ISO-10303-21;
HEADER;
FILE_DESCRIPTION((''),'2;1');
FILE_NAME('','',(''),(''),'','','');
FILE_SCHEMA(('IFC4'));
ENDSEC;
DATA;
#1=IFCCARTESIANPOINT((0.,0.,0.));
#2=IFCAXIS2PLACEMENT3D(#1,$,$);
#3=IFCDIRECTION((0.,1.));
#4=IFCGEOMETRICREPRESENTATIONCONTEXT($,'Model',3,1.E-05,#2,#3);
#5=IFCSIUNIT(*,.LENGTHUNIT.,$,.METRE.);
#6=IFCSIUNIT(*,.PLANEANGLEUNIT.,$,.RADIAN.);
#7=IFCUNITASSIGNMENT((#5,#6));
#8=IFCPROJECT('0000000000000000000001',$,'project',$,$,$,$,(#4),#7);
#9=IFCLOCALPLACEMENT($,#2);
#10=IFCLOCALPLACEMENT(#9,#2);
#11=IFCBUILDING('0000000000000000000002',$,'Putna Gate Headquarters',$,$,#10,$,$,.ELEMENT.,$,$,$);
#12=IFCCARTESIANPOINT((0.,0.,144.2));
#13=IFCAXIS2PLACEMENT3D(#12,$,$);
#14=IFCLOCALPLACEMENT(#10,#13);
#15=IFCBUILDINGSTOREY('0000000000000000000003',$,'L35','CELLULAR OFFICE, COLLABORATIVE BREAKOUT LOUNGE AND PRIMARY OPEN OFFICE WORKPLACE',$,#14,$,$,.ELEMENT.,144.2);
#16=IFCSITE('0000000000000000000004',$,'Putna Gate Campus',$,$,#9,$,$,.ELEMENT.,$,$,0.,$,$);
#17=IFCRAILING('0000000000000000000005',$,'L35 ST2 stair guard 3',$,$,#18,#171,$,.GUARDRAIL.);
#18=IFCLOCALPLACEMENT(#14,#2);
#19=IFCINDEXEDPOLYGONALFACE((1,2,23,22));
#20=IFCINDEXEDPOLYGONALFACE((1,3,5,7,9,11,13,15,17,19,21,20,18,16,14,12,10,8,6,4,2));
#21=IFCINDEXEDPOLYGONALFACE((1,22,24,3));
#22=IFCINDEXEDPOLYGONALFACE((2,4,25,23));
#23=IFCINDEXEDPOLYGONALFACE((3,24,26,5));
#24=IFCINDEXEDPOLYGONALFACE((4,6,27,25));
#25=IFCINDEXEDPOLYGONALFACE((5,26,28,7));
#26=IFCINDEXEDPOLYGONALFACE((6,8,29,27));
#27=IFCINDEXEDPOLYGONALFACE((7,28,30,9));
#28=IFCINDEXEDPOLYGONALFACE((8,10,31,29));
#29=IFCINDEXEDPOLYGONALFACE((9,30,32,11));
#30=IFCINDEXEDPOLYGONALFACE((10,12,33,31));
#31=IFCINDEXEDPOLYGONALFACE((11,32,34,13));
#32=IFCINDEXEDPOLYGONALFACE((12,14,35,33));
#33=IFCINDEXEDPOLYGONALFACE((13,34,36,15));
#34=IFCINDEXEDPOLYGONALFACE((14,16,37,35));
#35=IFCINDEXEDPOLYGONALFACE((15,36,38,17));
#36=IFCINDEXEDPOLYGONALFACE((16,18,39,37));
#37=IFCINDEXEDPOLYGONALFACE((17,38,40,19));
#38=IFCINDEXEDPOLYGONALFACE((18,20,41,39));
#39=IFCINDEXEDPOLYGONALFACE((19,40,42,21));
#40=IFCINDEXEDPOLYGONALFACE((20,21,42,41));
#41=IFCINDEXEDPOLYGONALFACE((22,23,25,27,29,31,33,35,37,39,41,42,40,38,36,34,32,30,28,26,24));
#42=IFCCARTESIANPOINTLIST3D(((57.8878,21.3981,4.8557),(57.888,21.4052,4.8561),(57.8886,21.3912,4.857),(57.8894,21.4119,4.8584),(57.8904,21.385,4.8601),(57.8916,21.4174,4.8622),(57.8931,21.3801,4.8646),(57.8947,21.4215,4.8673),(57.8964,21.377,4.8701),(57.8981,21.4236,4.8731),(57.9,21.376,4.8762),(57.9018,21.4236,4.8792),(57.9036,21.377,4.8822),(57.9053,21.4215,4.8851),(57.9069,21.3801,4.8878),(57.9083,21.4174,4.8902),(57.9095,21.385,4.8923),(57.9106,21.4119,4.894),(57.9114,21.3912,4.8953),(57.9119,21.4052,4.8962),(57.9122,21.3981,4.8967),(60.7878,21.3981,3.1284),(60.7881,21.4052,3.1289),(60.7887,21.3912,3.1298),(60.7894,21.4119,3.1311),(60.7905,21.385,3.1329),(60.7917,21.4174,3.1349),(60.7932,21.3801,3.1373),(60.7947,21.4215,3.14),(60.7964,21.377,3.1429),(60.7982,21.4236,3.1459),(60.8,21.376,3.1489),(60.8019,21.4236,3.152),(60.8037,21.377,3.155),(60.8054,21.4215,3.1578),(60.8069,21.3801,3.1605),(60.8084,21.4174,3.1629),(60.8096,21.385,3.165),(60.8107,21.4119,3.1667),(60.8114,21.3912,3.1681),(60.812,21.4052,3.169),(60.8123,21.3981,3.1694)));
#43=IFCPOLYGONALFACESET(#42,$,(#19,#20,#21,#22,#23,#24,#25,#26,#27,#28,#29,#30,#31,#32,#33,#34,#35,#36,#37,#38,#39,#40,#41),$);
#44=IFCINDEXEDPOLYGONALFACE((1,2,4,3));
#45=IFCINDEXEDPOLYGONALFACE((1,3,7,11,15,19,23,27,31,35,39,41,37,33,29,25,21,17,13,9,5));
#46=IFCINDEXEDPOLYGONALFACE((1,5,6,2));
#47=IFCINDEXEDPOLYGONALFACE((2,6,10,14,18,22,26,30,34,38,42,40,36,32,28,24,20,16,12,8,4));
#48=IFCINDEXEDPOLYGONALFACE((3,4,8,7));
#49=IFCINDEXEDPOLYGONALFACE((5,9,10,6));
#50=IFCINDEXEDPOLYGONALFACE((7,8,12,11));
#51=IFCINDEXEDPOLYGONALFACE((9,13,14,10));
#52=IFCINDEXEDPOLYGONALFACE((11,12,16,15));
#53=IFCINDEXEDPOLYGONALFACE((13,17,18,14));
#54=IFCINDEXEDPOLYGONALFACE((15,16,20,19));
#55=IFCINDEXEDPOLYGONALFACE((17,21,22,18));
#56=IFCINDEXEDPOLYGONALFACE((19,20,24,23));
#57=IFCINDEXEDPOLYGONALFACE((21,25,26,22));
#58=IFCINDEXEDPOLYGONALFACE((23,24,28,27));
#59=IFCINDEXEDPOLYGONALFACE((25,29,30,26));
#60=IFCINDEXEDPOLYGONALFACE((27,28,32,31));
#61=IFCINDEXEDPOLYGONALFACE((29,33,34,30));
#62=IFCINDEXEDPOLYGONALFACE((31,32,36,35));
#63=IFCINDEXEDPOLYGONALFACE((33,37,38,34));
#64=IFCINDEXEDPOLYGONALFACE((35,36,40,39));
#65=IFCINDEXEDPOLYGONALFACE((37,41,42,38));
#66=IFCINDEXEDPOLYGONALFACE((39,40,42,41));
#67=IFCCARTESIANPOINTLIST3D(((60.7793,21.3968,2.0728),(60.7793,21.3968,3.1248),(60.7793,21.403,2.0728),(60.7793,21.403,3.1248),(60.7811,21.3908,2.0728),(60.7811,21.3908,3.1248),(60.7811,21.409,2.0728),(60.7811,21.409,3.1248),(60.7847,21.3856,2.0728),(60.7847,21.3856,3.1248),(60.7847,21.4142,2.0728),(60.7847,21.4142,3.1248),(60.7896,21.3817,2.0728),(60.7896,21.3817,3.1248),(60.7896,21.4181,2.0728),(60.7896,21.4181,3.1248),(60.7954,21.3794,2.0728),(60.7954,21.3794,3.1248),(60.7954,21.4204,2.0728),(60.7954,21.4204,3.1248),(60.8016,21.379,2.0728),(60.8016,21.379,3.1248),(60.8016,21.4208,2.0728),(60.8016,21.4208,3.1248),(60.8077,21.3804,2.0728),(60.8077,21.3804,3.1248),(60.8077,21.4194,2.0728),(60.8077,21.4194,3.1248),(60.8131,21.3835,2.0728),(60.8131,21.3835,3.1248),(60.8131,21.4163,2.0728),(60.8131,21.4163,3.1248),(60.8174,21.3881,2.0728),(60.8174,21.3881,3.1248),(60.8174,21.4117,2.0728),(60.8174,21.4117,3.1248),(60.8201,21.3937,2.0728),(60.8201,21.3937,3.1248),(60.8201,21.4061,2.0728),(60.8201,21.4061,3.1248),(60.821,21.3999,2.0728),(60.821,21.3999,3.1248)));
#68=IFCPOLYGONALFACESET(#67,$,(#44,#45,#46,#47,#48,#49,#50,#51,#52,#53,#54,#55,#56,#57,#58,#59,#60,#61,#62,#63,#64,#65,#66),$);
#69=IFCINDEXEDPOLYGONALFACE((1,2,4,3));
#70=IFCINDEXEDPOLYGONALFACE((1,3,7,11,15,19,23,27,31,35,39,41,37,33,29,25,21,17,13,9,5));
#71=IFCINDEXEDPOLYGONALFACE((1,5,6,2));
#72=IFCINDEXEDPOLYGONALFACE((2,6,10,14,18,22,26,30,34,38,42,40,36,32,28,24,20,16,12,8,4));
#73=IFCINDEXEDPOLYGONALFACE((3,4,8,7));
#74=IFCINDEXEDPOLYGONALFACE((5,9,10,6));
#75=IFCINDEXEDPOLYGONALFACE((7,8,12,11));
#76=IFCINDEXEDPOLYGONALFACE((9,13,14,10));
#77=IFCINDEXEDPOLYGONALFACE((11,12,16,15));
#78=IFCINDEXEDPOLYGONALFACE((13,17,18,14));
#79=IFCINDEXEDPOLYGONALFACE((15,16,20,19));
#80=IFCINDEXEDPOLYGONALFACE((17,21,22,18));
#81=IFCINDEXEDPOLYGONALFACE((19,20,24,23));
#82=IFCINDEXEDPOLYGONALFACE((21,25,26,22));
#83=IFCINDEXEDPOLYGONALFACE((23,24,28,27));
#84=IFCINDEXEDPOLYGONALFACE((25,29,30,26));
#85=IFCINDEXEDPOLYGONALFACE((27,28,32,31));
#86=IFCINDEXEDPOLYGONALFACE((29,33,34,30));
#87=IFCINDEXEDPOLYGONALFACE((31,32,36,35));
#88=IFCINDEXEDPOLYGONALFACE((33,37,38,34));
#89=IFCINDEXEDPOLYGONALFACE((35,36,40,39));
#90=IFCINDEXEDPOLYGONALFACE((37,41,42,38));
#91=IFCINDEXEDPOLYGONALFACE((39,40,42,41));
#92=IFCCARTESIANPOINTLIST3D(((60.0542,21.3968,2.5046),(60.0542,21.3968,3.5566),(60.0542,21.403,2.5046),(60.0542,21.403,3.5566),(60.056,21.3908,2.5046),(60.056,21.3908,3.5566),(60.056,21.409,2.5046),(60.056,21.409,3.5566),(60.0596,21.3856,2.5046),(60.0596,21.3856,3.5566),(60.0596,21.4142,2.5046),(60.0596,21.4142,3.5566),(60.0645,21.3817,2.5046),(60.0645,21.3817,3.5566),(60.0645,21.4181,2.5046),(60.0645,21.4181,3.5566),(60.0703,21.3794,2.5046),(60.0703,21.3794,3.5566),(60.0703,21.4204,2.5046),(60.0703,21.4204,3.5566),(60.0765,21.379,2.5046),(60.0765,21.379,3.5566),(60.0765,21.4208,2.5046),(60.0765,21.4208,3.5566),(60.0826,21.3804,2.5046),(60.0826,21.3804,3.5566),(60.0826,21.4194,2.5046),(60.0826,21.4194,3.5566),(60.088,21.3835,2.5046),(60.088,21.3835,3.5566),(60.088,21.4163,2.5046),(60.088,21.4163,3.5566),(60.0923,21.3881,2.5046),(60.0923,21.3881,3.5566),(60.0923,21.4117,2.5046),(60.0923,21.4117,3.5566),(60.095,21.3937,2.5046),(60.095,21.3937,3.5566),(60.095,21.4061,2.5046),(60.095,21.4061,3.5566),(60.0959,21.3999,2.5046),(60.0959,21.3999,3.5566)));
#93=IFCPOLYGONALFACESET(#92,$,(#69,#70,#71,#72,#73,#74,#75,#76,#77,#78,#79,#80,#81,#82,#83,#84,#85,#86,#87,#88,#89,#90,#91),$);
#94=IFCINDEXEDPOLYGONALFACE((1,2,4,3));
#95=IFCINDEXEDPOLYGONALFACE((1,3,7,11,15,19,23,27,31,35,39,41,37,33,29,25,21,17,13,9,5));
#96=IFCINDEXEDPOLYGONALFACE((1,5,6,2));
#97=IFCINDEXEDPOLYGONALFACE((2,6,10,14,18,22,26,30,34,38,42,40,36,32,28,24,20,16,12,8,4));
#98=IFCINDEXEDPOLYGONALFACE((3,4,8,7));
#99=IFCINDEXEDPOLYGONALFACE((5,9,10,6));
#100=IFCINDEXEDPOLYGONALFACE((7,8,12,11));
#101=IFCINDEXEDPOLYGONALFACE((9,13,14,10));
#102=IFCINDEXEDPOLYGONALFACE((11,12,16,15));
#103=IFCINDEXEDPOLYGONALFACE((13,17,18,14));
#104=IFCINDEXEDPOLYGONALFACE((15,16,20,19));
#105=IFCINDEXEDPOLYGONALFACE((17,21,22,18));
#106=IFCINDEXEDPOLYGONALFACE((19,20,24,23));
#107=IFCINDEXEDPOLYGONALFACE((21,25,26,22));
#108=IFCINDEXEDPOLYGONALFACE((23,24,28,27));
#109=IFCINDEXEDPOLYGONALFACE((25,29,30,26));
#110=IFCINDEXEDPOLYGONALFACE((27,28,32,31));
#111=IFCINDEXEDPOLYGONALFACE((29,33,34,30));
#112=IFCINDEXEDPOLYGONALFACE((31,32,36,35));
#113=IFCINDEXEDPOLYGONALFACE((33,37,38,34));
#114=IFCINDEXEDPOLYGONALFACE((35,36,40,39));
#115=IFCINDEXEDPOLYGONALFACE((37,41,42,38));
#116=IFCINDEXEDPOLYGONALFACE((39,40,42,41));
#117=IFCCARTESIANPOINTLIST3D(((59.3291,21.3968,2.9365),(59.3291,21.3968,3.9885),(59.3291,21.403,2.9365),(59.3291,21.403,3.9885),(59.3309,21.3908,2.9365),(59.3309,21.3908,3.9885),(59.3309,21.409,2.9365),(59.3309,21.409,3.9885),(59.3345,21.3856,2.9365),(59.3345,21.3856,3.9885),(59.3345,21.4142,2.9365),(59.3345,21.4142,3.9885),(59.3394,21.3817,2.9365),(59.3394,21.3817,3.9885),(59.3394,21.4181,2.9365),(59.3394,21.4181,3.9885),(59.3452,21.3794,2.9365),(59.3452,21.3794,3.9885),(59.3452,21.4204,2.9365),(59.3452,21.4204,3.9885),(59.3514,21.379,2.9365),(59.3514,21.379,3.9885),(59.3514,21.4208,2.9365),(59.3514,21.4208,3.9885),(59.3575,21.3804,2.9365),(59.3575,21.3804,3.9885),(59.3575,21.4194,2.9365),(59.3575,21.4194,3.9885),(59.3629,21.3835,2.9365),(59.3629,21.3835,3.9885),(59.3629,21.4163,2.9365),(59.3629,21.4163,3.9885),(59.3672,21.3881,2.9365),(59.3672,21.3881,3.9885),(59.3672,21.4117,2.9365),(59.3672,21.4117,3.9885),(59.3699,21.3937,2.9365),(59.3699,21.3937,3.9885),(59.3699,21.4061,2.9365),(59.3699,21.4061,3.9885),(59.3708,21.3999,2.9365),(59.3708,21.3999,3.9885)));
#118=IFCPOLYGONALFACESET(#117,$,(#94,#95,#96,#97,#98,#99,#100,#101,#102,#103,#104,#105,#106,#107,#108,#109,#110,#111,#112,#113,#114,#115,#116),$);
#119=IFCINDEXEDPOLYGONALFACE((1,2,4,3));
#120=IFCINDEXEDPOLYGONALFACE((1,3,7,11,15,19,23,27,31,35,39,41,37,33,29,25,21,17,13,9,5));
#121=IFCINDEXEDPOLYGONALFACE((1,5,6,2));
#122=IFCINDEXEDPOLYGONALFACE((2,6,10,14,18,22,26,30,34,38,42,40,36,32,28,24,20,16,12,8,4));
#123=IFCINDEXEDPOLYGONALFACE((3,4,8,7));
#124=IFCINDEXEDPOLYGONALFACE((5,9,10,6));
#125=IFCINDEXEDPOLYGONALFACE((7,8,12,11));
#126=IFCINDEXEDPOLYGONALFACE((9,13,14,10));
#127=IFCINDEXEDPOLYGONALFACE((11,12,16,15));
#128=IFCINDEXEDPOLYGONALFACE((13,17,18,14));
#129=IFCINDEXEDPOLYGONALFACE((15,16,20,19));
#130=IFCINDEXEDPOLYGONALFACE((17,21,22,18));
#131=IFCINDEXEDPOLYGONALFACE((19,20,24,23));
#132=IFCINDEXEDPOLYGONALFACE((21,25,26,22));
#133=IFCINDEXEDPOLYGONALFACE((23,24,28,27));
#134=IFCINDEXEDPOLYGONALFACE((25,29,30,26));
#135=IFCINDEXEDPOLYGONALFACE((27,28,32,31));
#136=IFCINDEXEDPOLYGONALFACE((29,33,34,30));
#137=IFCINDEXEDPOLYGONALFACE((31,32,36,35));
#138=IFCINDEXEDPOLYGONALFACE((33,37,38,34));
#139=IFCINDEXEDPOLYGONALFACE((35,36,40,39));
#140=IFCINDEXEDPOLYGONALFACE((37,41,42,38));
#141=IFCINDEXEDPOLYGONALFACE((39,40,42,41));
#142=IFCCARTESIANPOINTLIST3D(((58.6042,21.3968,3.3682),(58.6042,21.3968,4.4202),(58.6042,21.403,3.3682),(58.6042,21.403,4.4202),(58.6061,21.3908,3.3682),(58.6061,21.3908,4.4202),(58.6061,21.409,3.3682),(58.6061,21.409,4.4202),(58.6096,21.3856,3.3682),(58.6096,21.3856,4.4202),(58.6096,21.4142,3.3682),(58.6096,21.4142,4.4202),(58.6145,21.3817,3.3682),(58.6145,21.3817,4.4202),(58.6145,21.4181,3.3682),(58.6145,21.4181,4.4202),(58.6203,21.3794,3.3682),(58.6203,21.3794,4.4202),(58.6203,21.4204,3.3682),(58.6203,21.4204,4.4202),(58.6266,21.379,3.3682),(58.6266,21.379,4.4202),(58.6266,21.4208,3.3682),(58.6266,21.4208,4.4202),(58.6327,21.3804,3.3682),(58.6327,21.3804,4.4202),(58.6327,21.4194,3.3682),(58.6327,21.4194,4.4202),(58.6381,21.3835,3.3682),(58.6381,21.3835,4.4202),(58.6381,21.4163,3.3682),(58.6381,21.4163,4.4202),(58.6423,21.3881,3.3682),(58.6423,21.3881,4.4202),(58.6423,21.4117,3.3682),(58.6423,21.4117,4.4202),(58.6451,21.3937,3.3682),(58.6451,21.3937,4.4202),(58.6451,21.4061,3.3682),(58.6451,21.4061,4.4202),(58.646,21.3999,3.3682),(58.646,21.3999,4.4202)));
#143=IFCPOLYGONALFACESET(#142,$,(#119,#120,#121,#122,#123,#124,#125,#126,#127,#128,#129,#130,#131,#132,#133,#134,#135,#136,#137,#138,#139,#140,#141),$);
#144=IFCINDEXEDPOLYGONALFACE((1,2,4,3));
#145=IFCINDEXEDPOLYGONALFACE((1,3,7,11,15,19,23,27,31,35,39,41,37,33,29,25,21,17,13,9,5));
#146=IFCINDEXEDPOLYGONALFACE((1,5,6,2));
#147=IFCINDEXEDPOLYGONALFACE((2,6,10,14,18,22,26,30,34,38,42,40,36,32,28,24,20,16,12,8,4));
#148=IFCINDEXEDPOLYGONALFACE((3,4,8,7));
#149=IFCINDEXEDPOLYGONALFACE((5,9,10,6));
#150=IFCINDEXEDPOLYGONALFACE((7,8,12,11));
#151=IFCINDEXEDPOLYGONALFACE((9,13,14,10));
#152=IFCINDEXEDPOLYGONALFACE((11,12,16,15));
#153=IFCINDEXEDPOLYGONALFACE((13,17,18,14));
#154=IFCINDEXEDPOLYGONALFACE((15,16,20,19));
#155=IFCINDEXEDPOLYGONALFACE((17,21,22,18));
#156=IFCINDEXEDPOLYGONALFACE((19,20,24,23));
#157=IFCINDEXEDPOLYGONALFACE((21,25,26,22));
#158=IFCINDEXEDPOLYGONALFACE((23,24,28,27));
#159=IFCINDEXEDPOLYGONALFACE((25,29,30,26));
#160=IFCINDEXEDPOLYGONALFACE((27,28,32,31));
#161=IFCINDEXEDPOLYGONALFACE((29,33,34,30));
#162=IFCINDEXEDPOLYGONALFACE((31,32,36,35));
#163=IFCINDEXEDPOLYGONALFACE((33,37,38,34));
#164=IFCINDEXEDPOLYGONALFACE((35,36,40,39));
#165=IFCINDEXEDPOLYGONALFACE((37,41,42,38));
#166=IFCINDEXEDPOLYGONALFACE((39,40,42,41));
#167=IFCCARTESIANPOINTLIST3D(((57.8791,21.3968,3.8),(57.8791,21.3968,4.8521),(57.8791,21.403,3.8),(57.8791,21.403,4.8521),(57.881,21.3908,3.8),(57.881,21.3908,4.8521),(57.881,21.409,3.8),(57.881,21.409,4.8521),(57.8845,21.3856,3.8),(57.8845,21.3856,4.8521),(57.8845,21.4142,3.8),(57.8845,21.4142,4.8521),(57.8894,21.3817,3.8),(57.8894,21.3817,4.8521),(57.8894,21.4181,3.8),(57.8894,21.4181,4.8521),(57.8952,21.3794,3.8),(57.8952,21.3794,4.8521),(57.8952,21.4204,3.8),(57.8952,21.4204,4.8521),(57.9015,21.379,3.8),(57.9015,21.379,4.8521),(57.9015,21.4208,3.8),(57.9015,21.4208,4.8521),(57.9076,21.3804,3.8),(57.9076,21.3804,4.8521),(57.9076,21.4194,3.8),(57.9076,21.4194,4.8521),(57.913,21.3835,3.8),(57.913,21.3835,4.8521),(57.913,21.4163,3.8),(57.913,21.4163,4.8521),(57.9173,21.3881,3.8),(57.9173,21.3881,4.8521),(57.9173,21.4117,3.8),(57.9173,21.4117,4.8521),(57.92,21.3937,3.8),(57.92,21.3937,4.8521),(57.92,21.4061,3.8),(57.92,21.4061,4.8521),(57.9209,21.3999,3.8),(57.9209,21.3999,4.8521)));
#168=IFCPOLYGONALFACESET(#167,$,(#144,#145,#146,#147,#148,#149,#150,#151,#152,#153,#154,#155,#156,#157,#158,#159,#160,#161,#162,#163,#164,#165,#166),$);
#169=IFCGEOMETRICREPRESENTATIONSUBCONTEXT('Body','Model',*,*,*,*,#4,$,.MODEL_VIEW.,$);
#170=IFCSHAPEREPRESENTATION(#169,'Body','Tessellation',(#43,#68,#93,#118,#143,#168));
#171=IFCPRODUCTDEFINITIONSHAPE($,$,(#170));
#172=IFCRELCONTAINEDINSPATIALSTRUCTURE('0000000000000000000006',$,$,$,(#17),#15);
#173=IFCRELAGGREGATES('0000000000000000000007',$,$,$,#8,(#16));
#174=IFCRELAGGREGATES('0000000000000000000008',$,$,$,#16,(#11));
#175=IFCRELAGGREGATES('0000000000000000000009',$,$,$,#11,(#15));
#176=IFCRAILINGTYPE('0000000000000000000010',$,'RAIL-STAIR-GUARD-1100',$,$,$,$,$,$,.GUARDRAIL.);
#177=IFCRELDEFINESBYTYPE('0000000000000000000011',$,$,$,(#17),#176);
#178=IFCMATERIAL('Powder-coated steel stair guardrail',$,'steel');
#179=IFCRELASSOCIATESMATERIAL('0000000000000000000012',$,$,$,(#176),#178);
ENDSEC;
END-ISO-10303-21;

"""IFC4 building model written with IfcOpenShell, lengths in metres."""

from ifc_helpers import new_model, si_unit, direction, frame, origin, origin_2d, place, context, subcontext, project, spatial, circle, extrude, material, type_object, element, save


model = new_model("IFC4")

# Units and contexts
model_context = context("Model", 3, precision=1e-05, world=origin(), true_north=direction((0.0, 1.0)))
body_context = subcontext(model_context, "Body", "Model", "MODEL_VIEW")
ifc_project = project(units=[si_unit("LENGTHUNIT", "METRE"), si_unit("PLANEANGLEUNIT", "RADIAN")], contexts=[model_context])

# Site, building, storey
site_placement = place(None, origin())
site = spatial("IfcSite", under=ifc_project, at=site_placement, Name="Putna Gate Campus", CompositionType="ELEMENT", RefElevation=0.0)
building_placement = place(site_placement, origin())
building = spatial("IfcBuilding", under=site, at=building_placement, Name="Putna Gate Headquarters", CompositionType="ELEMENT")
storey_placement = place(building_placement, frame((0.0, 0.0, 144.2)))
storey = spatial("IfcBuildingStorey", under=building, at=storey_placement, Name="L35", Description="CELLULAR OFFICE, COLLABORATIVE BREAKOUT LOUNGE AND PRIMARY OPEN OFFICE WORKPLACE", CompositionType="ELEMENT", Elevation=144.2)

# Railing
ifc_material_1 = material(Name="Powder-coated steel stair guardrail", Category="steel")
railing_type_1 = type_object("IfcRailingType", Name="RAIL-STAIR-GUARD-1100", PredefinedType="GUARDRAIL", material=ifc_material_1)
railing_1_placement = place(storey_placement, frame((60.8, 21.3999, 2.0728)))
element("IfcRailing", 1, at=railing_1_placement, inside=storey, type_object=railing_type_1, Name="L35 ST2 stair guard 3", PredefinedType="GUARDRAIL", context=body_context, shape_type="SweptSolid", body=[
    extrude(circle(Radius=0.0239, at=origin_2d()), frame((0.0, 0.0, 1.0762), z_axis=(-0.85916, 0.0, 0.511706), x_axis=(0.0, -1.0, 0.0)), (0.0, 0.0, 1.0), 3.3755),
    extrude(circle(Radius=0.021, at=origin_2d()), origin(), (0.0, 0.0, 1.0), 1.052),
    extrude(circle(Radius=0.021, at=origin_2d()), frame((-0.7251, 0.0, 0.4319)), (0.0, 0.0, 1.0), 1.052),
    extrude(circle(Radius=0.021, at=origin_2d()), frame((-1.4502, 0.0, 0.8638)), (0.0, 0.0, 1.0), 1.052),
    extrude(circle(Radius=0.021, at=origin_2d()), frame((-2.175, 0.0, 1.2954)), (0.0, 0.0, 1.0), 1.052),
    extrude(circle(Radius=0.021, at=origin_2d()), frame((-2.9001, 0.0, 1.7273)), (0.0, 0.0, 1.0), 1.052),
])

save(model, "model.ifc")
